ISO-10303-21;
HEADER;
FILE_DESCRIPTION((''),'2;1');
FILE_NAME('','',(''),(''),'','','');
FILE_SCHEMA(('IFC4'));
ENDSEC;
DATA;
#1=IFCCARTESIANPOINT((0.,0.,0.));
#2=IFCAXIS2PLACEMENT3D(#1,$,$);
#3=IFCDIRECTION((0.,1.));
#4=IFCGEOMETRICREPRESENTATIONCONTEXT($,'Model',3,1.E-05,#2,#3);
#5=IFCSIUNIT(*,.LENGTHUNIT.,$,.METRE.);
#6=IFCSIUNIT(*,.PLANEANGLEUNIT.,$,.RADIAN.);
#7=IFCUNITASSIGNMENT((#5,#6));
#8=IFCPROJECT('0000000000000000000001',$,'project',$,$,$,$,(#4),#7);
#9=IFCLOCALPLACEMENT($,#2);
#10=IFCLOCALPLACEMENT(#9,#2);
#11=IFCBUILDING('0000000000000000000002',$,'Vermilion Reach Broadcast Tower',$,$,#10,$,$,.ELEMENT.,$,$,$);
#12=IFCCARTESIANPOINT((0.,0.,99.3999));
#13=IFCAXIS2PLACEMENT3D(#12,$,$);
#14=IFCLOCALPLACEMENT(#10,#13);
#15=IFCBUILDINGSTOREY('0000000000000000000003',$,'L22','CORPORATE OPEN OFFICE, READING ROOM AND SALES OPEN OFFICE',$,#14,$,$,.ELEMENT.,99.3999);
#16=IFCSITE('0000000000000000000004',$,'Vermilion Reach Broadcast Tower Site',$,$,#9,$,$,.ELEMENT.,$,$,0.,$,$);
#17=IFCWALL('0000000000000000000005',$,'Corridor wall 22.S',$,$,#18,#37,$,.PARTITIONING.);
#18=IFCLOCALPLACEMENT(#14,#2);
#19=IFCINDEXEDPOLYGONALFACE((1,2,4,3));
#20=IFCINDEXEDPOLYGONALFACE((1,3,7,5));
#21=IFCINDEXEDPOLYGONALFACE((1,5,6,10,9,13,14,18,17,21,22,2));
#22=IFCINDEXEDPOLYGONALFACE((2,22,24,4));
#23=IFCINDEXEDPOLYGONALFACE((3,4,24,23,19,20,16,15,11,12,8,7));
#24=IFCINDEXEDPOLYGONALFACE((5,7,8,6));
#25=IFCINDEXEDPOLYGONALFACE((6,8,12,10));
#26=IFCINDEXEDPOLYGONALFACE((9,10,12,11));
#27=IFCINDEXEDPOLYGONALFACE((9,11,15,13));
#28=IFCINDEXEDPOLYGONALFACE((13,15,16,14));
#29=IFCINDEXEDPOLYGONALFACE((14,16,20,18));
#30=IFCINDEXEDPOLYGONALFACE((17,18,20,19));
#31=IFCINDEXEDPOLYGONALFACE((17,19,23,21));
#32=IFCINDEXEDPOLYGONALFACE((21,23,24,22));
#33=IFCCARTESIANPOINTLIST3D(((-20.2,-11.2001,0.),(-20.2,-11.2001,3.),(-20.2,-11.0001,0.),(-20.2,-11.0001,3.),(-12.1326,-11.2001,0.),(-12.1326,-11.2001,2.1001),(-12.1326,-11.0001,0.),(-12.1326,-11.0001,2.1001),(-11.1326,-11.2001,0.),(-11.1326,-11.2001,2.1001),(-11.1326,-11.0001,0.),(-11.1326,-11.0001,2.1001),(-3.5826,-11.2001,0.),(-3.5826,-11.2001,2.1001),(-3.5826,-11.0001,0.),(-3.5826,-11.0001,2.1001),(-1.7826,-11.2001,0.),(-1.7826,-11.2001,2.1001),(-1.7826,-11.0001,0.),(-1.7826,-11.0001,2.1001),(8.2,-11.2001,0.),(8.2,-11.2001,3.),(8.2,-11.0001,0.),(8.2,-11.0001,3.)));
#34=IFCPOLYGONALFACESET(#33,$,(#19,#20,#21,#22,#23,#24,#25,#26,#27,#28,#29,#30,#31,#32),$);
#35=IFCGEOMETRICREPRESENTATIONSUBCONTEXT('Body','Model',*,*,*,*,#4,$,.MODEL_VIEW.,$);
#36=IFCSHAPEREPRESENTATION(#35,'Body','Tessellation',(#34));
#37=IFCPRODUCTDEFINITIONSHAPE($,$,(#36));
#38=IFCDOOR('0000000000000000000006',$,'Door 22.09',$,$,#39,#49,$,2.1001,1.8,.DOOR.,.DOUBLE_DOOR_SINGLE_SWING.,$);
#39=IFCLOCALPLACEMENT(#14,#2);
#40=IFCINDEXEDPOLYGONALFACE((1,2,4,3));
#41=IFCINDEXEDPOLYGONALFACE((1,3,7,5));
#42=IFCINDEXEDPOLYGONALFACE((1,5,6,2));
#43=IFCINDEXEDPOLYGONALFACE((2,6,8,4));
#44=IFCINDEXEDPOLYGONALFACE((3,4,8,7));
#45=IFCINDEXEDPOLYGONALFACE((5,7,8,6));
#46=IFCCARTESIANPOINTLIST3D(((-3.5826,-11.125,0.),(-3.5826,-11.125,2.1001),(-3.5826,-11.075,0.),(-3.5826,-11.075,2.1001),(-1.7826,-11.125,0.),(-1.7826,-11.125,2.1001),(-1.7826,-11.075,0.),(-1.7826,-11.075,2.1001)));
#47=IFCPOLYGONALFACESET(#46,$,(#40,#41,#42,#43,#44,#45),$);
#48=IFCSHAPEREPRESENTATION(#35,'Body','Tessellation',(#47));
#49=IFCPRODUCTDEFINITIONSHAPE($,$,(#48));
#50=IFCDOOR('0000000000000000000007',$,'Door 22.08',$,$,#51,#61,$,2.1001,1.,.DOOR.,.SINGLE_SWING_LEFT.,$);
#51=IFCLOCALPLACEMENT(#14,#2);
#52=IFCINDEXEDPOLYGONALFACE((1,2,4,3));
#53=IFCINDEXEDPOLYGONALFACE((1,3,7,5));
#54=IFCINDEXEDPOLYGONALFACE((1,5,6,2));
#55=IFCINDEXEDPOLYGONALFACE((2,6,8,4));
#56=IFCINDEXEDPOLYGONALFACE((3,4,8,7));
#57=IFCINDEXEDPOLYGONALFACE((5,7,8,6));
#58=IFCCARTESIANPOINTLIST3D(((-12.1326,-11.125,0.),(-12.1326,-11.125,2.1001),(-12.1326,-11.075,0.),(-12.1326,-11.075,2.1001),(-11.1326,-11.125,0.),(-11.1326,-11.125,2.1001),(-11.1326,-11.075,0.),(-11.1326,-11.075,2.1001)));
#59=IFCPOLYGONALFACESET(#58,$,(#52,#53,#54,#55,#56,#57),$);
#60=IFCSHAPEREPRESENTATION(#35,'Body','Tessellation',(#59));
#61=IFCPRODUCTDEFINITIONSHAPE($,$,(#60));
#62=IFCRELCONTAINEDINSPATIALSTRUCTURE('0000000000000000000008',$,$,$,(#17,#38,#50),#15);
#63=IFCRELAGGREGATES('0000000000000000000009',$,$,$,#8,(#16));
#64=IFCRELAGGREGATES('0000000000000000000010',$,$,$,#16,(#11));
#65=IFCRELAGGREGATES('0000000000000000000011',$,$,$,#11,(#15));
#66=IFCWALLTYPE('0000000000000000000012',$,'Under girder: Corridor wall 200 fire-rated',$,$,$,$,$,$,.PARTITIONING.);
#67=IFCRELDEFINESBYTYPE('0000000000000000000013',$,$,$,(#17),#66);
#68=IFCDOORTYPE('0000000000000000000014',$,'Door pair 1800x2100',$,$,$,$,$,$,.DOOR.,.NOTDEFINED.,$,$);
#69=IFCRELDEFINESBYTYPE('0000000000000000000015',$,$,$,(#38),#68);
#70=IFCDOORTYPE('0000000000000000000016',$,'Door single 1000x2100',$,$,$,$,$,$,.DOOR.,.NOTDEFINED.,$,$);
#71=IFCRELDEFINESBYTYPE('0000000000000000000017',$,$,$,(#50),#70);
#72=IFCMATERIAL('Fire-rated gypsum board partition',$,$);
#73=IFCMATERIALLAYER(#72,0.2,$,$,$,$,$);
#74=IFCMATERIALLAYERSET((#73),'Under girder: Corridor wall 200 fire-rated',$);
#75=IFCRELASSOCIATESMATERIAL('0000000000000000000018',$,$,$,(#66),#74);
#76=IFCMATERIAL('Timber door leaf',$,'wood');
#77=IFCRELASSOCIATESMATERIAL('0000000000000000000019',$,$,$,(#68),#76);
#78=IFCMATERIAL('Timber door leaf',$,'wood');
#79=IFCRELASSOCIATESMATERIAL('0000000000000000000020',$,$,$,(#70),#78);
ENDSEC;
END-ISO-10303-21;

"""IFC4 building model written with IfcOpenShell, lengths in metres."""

from ifc_helpers import new_model, si_unit, direction, frame, frame_2d, origin, place, context, subcontext, project, spatial, rectangle, extrude, material, layer, layer_set, type_object, element, fill, save


model = new_model("IFC4")

# Units and contexts
model_context = context("Model", 3, precision=1e-05, world=origin(), true_north=direction((0.0, 1.0)))
body_context = subcontext(model_context, "Body", "Model", "MODEL_VIEW")
ifc_project = project(units=[si_unit("LENGTHUNIT", "METRE"), si_unit("PLANEANGLEUNIT", "RADIAN")], contexts=[model_context])

# Site, building, storey
site_placement = place(None, origin())
site = spatial("IfcSite", under=ifc_project, at=site_placement, Name="Vermilion Reach Broadcast Tower Site", CompositionType="ELEMENT", RefElevation=0.0)
building_placement = place(site_placement, origin())
building = spatial("IfcBuilding", under=site, at=building_placement, Name="Vermilion Reach Broadcast Tower", CompositionType="ELEMENT")
storey_placement = place(building_placement, frame((0.0, 0.0, 99.3999)))
storey = spatial("IfcBuildingStorey", under=building, at=storey_placement, Name="L22", Description="CORPORATE OPEN OFFICE, READING ROOM AND SALES OPEN OFFICE", CompositionType="ELEMENT", Elevation=99.3999)

# Wall, openings, doors
ifc_material_1 = material(Name="Fire-rated gypsum board partition")
ifc_layer_1 = layer(ifc_material_1, 0.2)
ifc_layer_set_1 = layer_set([ifc_layer_1], Name="Under girder: Corridor wall 200 fire-rated")
wall_type_1 = type_object("IfcWallType", Name="Under girder: Corridor wall 200 fire-rated", PredefinedType="PARTITIONING", material=ifc_layer_set_1)
wall_1_placement = place(storey_placement, frame((8.2, -11.1001, 0.0), z_axis=(0.0, 0.0, 1.0), x_axis=(-1.0, 0.0, 0.0)))
wall_1 = element("IfcWall", 1, at=wall_1_placement, inside=storey, type_object=wall_type_1, Name="Corridor wall 22.S", PredefinedType="PARTITIONING", context=body_context, shape_type="SweptSolid", body=[
    extrude(rectangle(XDim=28.3999, YDim=0.2, at=frame_2d((14.2, 0.0))), origin(), (0.0, 0.0, 1.0), 3.0),
])
opening_1_placement = place(wall_1_placement, frame((19.3325, 0.0, 0.0)))
opening_1 = element("IfcOpeningElement", 2, at=opening_1_placement, cuts=wall_1, PredefinedType="OPENING", context=body_context, shape_type="SweptSolid", body=[
    extrude(rectangle(XDim=1.0, YDim=2.1001, at=frame_2d((0.5, 1.05))), frame((0.0, 0.1099, 0.0), z_axis=(0.0, -1.0, 0.0), x_axis=(1.0, 0.0, 0.0)), (0.0, 0.0, 1.0), 0.22),
])
opening_2_placement = place(wall_1_placement, frame((9.9827, 0.0, 0.0)))
opening_2 = element("IfcOpeningElement", 3, at=opening_2_placement, cuts=wall_1, PredefinedType="OPENING", context=body_context, shape_type="SweptSolid", body=[
    extrude(rectangle(XDim=1.8, YDim=2.1001, at=frame_2d((0.8999, 1.05))), frame((0.0, 0.1099, 0.0), z_axis=(0.0, -1.0, 0.0), x_axis=(1.0, 0.0, 0.0)), (0.0, 0.0, 1.0), 0.22),
])
ifc_material_2 = material(Name="Timber door leaf", Category="wood")
door_type_1 = type_object("IfcDoorType", Name="Door pair 1800x2100", OperationType="NOTDEFINED", PredefinedType="DOOR", material=ifc_material_2)
door_1_placement = place(opening_2_placement, origin())
door_1 = element("IfcDoor", 4, at=door_1_placement, inside=storey, type_object=door_type_1, Name="Door 22.09", OperationType="DOUBLE_DOOR_SINGLE_SWING", OverallHeight=2.1001, OverallWidth=1.8, PredefinedType="DOOR", context=body_context, shape_type="SweptSolid", body=[
    extrude(rectangle(XDim=1.8, YDim=2.1001, at=frame_2d((0.8999, 1.05))), frame((0.0, 0.0249, 0.0), z_axis=(0.0, -1.0, 0.0), x_axis=(1.0, 0.0, 0.0)), (0.0, 0.0, 1.0), 0.05),
])
fill(opening_2, door_1)
ifc_material_3 = material(Name="Timber door leaf", Category="wood")
door_type_2 = type_object("IfcDoorType", Name="Door single 1000x2100", OperationType="NOTDEFINED", PredefinedType="DOOR", material=ifc_material_3)
door_2_placement = place(opening_1_placement, origin())
door_2 = element("IfcDoor", 5, at=door_2_placement, inside=storey, type_object=door_type_2, Name="Door 22.08", OperationType="SINGLE_SWING_LEFT", OverallHeight=2.1001, OverallWidth=1.0, PredefinedType="DOOR", context=body_context, shape_type="SweptSolid", body=[
    extrude(rectangle(XDim=1.0, YDim=2.1001, at=frame_2d((0.5, 1.05))), frame((0.0, 0.0249, 0.0), z_axis=(0.0, -1.0, 0.0), x_axis=(1.0, 0.0, 0.0)), (0.0, 0.0, 1.0), 0.05),
])
fill(opening_1, door_2)

save(model, "model.ifc")
